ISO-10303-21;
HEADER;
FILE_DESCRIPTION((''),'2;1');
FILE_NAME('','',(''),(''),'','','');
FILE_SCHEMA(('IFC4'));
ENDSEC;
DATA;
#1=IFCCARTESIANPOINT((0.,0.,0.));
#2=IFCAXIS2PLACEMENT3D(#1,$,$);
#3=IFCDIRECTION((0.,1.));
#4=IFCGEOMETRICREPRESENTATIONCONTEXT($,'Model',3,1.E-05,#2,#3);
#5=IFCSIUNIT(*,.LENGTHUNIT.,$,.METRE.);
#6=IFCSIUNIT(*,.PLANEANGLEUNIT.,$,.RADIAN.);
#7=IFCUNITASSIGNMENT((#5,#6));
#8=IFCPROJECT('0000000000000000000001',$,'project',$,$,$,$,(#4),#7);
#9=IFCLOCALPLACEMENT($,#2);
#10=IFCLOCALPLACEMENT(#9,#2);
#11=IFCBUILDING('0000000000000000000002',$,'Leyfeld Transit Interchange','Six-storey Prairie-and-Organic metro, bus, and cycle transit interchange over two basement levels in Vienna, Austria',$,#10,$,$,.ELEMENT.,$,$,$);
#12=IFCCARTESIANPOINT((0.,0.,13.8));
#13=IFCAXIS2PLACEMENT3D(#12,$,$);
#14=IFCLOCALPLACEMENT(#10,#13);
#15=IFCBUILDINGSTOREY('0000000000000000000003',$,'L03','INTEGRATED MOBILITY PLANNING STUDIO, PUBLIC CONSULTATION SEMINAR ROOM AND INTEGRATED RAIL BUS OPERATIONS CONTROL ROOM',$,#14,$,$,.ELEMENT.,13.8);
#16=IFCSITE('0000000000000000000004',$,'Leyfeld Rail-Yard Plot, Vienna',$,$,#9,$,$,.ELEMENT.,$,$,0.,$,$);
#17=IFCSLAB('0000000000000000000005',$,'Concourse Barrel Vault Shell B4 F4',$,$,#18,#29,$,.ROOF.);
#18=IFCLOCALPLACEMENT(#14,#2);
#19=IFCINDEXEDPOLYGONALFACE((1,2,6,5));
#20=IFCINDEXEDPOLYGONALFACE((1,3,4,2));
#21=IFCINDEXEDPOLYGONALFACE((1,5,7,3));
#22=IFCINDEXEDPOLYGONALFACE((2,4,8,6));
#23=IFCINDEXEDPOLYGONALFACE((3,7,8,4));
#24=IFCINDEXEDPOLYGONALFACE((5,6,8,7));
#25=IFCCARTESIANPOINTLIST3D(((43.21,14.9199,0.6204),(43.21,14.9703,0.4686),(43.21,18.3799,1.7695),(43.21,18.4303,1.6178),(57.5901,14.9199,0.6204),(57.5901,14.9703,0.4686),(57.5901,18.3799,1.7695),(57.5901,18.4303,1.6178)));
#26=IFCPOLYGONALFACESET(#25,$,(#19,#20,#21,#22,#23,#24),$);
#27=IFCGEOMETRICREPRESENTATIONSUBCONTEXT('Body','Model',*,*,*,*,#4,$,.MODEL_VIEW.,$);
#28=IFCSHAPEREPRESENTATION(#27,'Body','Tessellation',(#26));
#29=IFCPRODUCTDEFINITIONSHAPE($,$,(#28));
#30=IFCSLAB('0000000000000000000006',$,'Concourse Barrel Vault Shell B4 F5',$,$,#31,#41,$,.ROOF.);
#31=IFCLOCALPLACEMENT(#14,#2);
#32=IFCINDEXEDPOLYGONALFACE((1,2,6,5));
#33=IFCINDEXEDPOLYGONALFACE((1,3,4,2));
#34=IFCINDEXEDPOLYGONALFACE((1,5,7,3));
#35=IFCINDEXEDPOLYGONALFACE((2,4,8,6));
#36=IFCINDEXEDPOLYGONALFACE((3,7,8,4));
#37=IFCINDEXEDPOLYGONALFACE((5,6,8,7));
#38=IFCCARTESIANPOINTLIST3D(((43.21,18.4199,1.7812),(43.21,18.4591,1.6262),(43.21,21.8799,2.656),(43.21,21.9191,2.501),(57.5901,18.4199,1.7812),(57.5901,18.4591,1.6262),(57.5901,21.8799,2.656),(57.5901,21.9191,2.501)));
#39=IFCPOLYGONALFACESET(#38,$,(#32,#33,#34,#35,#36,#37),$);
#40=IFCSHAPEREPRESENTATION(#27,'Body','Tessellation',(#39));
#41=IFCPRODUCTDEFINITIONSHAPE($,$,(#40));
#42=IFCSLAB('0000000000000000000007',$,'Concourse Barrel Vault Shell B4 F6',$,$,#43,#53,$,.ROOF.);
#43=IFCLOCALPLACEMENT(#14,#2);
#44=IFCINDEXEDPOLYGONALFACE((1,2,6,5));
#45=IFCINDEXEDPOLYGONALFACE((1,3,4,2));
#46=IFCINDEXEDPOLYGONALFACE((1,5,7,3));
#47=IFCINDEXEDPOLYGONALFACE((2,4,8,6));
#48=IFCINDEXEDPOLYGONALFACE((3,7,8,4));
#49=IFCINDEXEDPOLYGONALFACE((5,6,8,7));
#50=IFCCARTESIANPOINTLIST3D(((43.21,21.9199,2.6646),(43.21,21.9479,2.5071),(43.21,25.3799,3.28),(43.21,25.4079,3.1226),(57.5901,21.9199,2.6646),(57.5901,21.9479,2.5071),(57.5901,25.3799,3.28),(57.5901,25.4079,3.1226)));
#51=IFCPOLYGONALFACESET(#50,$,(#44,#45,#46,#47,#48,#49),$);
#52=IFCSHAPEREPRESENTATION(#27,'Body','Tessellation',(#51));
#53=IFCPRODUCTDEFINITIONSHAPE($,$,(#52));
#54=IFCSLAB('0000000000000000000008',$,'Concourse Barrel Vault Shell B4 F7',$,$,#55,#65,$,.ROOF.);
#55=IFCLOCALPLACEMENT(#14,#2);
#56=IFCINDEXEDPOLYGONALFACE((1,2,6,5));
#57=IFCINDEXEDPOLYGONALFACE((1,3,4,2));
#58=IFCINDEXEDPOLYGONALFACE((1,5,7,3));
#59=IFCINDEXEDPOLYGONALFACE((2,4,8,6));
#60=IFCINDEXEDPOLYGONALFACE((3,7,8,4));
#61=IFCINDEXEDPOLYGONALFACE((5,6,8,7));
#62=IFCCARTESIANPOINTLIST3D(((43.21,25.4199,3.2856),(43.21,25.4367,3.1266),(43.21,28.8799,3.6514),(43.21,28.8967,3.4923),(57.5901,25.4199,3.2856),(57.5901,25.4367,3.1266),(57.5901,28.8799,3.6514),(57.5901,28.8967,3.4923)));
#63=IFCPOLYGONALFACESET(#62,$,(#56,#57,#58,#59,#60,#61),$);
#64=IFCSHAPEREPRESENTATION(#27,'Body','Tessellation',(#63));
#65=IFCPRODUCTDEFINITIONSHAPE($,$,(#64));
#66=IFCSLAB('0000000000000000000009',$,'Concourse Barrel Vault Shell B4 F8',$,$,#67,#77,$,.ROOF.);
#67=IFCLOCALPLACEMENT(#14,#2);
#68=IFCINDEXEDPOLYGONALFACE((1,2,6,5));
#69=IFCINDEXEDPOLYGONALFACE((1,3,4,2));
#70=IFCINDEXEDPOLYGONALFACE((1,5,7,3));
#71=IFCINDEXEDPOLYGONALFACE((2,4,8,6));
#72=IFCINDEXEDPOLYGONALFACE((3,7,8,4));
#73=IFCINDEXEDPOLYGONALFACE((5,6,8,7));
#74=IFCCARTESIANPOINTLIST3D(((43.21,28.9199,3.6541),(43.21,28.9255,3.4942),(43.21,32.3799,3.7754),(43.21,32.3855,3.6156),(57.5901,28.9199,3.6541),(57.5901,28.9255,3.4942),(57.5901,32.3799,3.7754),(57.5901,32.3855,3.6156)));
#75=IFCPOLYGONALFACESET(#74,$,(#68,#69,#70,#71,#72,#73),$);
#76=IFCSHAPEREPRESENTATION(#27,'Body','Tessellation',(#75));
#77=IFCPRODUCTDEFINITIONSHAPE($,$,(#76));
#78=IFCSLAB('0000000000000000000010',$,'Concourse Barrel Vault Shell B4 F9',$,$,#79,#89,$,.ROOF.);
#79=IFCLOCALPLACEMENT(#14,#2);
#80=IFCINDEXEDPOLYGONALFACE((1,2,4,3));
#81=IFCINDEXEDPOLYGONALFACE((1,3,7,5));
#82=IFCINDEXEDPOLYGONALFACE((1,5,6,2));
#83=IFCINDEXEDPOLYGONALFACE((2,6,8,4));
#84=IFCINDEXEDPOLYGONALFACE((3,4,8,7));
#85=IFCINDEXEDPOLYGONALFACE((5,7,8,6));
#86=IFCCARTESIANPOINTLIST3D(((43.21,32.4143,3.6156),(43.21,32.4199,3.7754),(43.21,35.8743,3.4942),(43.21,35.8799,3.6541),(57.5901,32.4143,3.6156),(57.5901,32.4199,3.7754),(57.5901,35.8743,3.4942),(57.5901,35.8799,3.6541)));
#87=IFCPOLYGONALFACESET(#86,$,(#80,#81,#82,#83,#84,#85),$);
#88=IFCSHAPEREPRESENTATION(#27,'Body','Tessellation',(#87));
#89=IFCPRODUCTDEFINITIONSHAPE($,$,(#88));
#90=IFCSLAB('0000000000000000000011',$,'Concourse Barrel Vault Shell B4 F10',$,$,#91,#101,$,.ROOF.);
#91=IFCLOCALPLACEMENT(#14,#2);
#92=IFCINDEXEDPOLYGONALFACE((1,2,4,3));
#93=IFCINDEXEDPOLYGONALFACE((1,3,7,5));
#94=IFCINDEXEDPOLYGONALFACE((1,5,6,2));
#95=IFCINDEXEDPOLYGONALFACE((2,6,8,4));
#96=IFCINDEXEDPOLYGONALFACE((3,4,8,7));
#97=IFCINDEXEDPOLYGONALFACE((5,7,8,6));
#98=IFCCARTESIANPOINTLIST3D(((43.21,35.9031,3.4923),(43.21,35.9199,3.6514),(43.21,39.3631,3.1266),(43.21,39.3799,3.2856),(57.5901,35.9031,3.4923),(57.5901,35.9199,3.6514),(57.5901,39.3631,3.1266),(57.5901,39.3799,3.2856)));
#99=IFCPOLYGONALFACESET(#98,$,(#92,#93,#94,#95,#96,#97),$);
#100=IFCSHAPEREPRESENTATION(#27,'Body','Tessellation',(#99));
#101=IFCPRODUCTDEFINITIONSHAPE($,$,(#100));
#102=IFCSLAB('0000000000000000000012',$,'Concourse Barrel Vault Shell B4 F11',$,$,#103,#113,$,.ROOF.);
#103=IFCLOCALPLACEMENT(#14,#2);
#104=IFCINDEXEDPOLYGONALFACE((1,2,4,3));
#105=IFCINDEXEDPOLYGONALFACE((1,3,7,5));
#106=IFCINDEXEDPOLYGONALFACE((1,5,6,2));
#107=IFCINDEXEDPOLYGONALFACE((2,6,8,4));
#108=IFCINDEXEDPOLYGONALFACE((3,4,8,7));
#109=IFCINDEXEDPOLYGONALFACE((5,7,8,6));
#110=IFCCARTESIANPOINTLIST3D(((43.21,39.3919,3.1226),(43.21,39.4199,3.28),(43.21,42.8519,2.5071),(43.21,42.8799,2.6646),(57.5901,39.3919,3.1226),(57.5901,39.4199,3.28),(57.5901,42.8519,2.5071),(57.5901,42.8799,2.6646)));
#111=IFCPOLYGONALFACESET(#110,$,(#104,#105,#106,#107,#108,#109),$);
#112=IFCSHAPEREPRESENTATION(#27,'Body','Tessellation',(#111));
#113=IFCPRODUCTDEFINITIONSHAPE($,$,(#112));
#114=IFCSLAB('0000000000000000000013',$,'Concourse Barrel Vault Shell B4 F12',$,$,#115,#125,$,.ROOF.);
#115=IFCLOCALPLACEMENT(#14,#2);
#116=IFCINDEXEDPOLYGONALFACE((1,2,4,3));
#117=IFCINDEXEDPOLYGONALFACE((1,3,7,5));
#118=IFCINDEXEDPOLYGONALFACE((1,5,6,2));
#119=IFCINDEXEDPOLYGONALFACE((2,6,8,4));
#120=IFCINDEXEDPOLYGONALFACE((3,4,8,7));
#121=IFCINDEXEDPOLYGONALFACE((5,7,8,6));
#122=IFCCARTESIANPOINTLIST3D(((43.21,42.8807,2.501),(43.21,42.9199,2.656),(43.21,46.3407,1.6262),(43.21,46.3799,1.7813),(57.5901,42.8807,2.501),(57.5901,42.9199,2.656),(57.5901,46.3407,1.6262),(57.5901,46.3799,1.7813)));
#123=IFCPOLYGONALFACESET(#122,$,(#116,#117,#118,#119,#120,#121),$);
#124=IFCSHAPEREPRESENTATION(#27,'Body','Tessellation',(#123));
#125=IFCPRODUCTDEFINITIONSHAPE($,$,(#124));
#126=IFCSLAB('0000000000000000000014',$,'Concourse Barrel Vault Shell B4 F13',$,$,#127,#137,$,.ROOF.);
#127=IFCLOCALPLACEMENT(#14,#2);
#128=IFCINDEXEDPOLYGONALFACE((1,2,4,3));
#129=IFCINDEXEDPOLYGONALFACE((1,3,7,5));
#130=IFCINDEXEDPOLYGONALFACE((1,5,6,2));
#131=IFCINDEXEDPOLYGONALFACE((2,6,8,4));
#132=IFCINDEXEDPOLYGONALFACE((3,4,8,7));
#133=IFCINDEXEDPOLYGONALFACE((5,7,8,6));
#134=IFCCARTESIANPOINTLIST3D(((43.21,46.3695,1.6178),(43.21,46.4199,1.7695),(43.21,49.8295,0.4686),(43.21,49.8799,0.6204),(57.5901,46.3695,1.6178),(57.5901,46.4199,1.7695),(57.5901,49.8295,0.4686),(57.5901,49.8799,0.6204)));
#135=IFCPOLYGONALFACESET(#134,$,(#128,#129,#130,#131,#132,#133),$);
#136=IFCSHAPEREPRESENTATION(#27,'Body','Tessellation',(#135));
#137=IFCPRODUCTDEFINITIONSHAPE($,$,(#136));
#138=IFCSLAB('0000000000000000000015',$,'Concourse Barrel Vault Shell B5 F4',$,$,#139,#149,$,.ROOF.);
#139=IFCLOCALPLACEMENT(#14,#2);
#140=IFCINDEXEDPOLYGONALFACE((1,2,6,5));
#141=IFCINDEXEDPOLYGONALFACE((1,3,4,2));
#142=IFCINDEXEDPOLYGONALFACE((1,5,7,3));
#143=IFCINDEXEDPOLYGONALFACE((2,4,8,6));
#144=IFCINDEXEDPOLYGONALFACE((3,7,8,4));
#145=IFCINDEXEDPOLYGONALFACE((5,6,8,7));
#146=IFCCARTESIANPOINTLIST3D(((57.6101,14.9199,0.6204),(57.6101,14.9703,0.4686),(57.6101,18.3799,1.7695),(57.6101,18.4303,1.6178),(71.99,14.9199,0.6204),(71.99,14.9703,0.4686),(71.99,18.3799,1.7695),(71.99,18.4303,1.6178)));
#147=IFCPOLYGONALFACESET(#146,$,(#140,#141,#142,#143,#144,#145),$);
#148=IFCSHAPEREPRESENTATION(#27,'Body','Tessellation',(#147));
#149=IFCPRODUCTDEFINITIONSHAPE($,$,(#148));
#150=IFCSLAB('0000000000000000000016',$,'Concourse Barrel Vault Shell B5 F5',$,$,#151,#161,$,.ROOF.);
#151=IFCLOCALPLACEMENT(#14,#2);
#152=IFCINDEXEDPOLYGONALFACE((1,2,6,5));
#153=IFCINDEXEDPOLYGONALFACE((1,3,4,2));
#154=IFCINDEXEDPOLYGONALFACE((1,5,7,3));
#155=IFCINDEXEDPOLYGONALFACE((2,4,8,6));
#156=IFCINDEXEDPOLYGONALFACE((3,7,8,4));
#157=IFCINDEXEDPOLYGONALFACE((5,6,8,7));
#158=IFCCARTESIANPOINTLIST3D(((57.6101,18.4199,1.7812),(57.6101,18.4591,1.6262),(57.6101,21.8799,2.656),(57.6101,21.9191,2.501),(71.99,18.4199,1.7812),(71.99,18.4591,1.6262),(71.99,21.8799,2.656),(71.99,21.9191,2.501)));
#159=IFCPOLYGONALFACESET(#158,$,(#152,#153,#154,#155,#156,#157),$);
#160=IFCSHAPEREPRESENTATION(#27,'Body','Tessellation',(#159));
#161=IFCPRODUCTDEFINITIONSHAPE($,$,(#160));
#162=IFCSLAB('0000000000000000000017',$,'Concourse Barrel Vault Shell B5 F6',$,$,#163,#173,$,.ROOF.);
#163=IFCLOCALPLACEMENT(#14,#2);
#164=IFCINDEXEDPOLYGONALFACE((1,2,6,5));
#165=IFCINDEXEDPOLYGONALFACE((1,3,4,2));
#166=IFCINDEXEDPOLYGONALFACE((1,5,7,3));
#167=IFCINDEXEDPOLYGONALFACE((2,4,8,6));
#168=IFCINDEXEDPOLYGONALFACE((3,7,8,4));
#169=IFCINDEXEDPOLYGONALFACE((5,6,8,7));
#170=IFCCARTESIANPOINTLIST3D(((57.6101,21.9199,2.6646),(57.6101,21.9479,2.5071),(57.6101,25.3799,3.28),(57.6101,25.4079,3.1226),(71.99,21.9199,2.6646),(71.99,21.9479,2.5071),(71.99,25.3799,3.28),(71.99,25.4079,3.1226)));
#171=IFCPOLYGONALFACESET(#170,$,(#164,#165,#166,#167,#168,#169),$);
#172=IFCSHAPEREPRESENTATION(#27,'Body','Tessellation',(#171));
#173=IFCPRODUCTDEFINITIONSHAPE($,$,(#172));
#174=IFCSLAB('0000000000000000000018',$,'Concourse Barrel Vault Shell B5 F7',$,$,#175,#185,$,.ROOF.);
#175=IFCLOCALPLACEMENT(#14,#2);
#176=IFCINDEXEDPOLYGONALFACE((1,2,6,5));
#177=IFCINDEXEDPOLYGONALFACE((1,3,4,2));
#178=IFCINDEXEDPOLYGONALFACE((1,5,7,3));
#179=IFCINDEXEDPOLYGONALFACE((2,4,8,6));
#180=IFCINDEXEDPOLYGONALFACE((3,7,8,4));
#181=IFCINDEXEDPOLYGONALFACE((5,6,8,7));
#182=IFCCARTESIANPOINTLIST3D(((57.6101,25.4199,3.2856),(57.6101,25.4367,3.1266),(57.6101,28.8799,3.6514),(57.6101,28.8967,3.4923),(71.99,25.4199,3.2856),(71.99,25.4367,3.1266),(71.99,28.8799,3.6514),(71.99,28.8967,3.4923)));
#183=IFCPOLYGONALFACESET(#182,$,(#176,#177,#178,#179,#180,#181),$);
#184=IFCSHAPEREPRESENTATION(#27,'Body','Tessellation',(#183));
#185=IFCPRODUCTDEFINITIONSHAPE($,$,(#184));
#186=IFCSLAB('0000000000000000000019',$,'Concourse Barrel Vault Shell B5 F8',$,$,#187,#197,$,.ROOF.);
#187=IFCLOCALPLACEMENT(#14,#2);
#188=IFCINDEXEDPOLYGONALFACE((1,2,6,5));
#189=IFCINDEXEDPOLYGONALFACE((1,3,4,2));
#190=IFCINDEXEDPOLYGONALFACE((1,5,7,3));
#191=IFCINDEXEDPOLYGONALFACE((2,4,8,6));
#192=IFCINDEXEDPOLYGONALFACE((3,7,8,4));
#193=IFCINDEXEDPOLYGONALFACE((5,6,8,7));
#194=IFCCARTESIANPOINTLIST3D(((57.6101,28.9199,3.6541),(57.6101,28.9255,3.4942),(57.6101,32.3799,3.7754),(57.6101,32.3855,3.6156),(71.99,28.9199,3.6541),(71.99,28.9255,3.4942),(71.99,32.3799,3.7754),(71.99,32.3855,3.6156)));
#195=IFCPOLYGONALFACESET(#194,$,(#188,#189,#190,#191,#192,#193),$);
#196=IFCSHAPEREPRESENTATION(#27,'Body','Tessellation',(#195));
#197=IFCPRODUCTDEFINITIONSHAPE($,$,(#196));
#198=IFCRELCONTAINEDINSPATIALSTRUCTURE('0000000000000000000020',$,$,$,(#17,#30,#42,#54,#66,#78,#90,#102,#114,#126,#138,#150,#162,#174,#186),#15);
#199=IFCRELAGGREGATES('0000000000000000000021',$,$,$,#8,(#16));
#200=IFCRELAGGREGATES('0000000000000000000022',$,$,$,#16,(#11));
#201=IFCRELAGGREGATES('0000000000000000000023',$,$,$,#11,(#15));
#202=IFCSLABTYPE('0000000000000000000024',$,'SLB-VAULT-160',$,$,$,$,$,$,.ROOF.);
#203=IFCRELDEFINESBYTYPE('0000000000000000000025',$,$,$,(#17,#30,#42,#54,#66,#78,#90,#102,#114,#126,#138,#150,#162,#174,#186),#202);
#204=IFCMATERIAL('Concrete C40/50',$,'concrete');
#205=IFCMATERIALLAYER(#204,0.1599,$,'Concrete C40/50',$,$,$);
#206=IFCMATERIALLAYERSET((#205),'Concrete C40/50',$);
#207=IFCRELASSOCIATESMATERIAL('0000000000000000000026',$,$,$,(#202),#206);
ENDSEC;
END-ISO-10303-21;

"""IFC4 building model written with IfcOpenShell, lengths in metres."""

from ifc_helpers import new_model, si_unit, direction, frame, origin, place, context, subcontext, project, spatial, polyline, outline, extrude, material, layer, layer_set, type_object, element, save


model = new_model("IFC4")

# Units and contexts
model_context = context("Model", 3, precision=1e-05, world=origin(), true_north=direction((0.0, 1.0)))
body_context = subcontext(model_context, "Body", "Model", "MODEL_VIEW")
ifc_project = project(units=[si_unit("LENGTHUNIT", "METRE"), si_unit("PLANEANGLEUNIT", "RADIAN")], contexts=[model_context])

# Site, building, storey
site_placement = place(None, origin())
site = spatial("IfcSite", under=ifc_project, at=site_placement, Name="Leyfeld Rail-Yard Plot, Vienna", CompositionType="ELEMENT", RefElevation=0.0)
building_placement = place(site_placement, origin())
building = spatial("IfcBuilding", under=site, at=building_placement, Name="Leyfeld Transit Interchange", Description="Six-storey Prairie-and-Organic metro, bus, and cycle transit interchange over two basement levels in Vienna, Austria", CompositionType="ELEMENT")
storey_placement = place(building_placement, frame((0.0, 0.0, 13.8)))
storey = spatial("IfcBuildingStorey", under=building, at=storey_placement, Name="L03", Description="INTEGRATED MOBILITY PLANNING STUDIO, PUBLIC CONSULTATION SEMINAR ROOM AND INTEGRATED RAIL BUS OPERATIONS CONTROL ROOM", CompositionType="ELEMENT", Elevation=13.8)

# Slabs
ifc_material_1 = material(Name="Concrete C40/50", Category="concrete")
ifc_layer = layer(ifc_material_1, 0.1599, Name="Concrete C40/50")
ifc_layer_set = layer_set([ifc_layer], Name="Concrete C40/50")
slab_type = type_object("IfcSlabType", Name="SLB-VAULT-160", PredefinedType="ROOF", material=ifc_layer_set)
slab_1_placement = place(storey_placement, frame((43.21, 14.9199, 0.6204), z_axis=(0.0, -0.315203, 0.949024), x_axis=(1.0, 0.0, 0.0)))
element("IfcSlab", 1, at=slab_1_placement, inside=storey, type_object=slab_type, Name="Concourse Barrel Vault Shell B4 F4", PredefinedType="ROOF", context=body_context, shape_type="SweptSolid", body=[
    extrude(outline(polyline([(0.0, 0.0), (14.3801, 0.0), (14.3801, 3.6458), (0.0, 3.6458), (0.0, 0.0)])), origin(), (0.0, 0.0, -1.0), 0.1599),
])
slab_2_placement = place(storey_placement, frame((43.21, 18.4199, 1.7812), z_axis=(0.0, -0.24511, 0.969495), x_axis=(1.0, 0.0, 0.0)))
element("IfcSlab", 2, at=slab_2_placement, inside=storey, type_object=slab_type, Name="Concourse Barrel Vault Shell B4 F5", PredefinedType="ROOF", context=body_context, shape_type="SweptSolid", body=[
    extrude(outline(polyline([(0.0, 0.0), (14.3801, 0.0), (14.3801, 3.5688), (0.0, 3.5688), (0.0, 0.0)])), origin(), (0.0, 0.0, -1.0), 0.1599),
])
slab_3_placement = place(storey_placement, frame((43.21, 21.9199, 2.6646), z_axis=(0.0, -0.175137, 0.984544), x_axis=(1.0, 0.0, 0.0)))
element("IfcSlab", 3, at=slab_3_placement, inside=storey, type_object=slab_type, Name="Concourse Barrel Vault Shell B4 F6", PredefinedType="ROOF", context=body_context, shape_type="SweptSolid", body=[
    extrude(outline(polyline([(0.0, 0.0), (14.3801, 0.0), (14.3801, 3.5143), (0.0, 3.5143), (0.0, 0.0)])), origin(), (0.0, 0.0, -1.0), 0.1599),
])
slab_4_placement = place(storey_placement, frame((43.21, 25.4199, 3.2856), z_axis=(0.0, -0.105116, 0.99446), x_axis=(1.0, 0.0, 0.0)))
element("IfcSlab", 4, at=slab_4_placement, inside=storey, type_object=slab_type, Name="Concourse Barrel Vault Shell B4 F7", PredefinedType="ROOF", context=body_context, shape_type="SweptSolid", body=[
    extrude(outline(polyline([(0.0, 0.0), (14.3801, 0.0), (14.3801, 3.4792), (0.0, 3.4792), (0.0, 0.0)])), origin(), (0.0, 0.0, -1.0), 0.1599),
])
for number, where, z_axis, x_axis, name in (
    (5, (43.21, 28.9199, 3.6541), (0.0, -0.035048, 0.999386), (1.0, 0.0, 0.0), "Concourse Barrel Vault Shell B4 F8"),
    (6, (43.21, 32.4199, 3.7754), (0.0, 0.035048, 0.999386), (1.0, 0.0, 0.0), "Concourse Barrel Vault Shell B4 F9"),
):
    element("IfcSlab", number, at=place(storey_placement, frame(where, z_axis=z_axis, x_axis=x_axis)), inside=storey, type_object=slab_type, Name=name, PredefinedType="ROOF", context=body_context, shape_type="SweptSolid", body=[
        extrude(outline(polyline([(0.0, 0.0), (14.3801, 0.0), (14.3801, 3.4621), (0.0, 3.4621), (0.0, 0.0)])), origin(), (0.0, 0.0, -1.0), 0.1599),
    ])
slab_5_placement = place(storey_placement, frame((43.21, 35.9199, 3.6514), z_axis=(0.0, 0.105116, 0.99446), x_axis=(1.0, 0.0, 0.0)))
element("IfcSlab", 7, at=slab_5_placement, inside=storey, type_object=slab_type, Name="Concourse Barrel Vault Shell B4 F10", PredefinedType="ROOF", context=body_context, shape_type="SweptSolid", body=[
    extrude(outline(polyline([(0.0, 0.0), (14.3801, 0.0), (14.3801, 3.4792), (0.0, 3.4792), (0.0, 0.0)])), origin(), (0.0, 0.0, -1.0), 0.1599),
])
slab_6_placement = place(storey_placement, frame((43.21, 39.4199, 3.28), z_axis=(0.0, 0.175137, 0.984544), x_axis=(1.0, 0.0, 0.0)))
element("IfcSlab", 8, at=slab_6_placement, inside=storey, type_object=slab_type, Name="Concourse Barrel Vault Shell B4 F11", PredefinedType="ROOF", context=body_context, shape_type="SweptSolid", body=[
    extrude(outline(polyline([(0.0, 0.0), (14.3801, 0.0), (14.3801, 3.5143), (0.0, 3.5143), (0.0, 0.0)])), origin(), (0.0, 0.0, -1.0), 0.1599),
])
slab_7_placement = place(storey_placement, frame((43.21, 42.9199, 2.656), z_axis=(0.0, 0.24511, 0.969495), x_axis=(1.0, 0.0, 0.0)))
element("IfcSlab", 9, at=slab_7_placement, inside=storey, type_object=slab_type, Name="Concourse Barrel Vault Shell B4 F12", PredefinedType="ROOF", context=body_context, shape_type="SweptSolid", body=[
    extrude(outline(polyline([(0.0, 0.0), (14.3801, 0.0), (14.3801, 3.5688), (0.0, 3.5688), (0.0, 0.0)])), origin(), (0.0, 0.0, -1.0), 0.1599),
])
slab_8_placement = place(storey_placement, frame((43.21, 46.4199, 1.7695), z_axis=(0.0, 0.315203, 0.949024), x_axis=(1.0, 0.0, 0.0)))
element("IfcSlab", 10, at=slab_8_placement, inside=storey, type_object=slab_type, Name="Concourse Barrel Vault Shell B4 F13", PredefinedType="ROOF", context=body_context, shape_type="SweptSolid", body=[
    extrude(outline(polyline([(0.0, 0.0), (14.3801, 0.0), (14.3801, 3.6458), (0.0, 3.6458), (0.0, 0.0)])), origin(), (0.0, 0.0, -1.0), 0.1599),
])
slab_9_placement = place(storey_placement, frame((57.6101, 14.9199, 0.6204), z_axis=(0.0, -0.315203, 0.949024), x_axis=(1.0, 0.0, 0.0)))
element("IfcSlab", 11, at=slab_9_placement, inside=storey, type_object=slab_type, Name="Concourse Barrel Vault Shell B5 F4", PredefinedType="ROOF", context=body_context, shape_type="SweptSolid", body=[
    extrude(outline(polyline([(0.0, 0.0), (14.3799, 0.0), (14.3799, 3.6458), (0.0, 3.6458), (0.0, 0.0)])), origin(), (0.0, 0.0, -1.0), 0.1599),
])
slab_10_placement = place(storey_placement, frame((57.6101, 18.4199, 1.7812), z_axis=(0.0, -0.24511, 0.969495), x_axis=(1.0, 0.0, 0.0)))
element("IfcSlab", 12, at=slab_10_placement, inside=storey, type_object=slab_type, Name="Concourse Barrel Vault Shell B5 F5", PredefinedType="ROOF", context=body_context, shape_type="SweptSolid", body=[
    extrude(outline(polyline([(0.0, 0.0), (14.3799, 0.0), (14.3799, 3.5688), (0.0, 3.5688), (0.0, 0.0)])), origin(), (0.0, 0.0, -1.0), 0.1599),
])
slab_11_placement = place(storey_placement, frame((57.6101, 21.9199, 2.6646), z_axis=(0.0, -0.175137, 0.984544), x_axis=(1.0, 0.0, 0.0)))
element("IfcSlab", 13, at=slab_11_placement, inside=storey, type_object=slab_type, Name="Concourse Barrel Vault Shell B5 F6", PredefinedType="ROOF", context=body_context, shape_type="SweptSolid", body=[
    extrude(outline(polyline([(0.0, 0.0), (14.3799, 0.0), (14.3799, 3.5143), (0.0, 3.5143), (0.0, 0.0)])), origin(), (0.0, 0.0, -1.0), 0.1599),
])
slab_12_placement = place(storey_placement, frame((57.6101, 25.4199, 3.2856), z_axis=(0.0, -0.105116, 0.99446), x_axis=(1.0, 0.0, 0.0)))
element("IfcSlab", 14, at=slab_12_placement, inside=storey, type_object=slab_type, Name="Concourse Barrel Vault Shell B5 F7", PredefinedType="ROOF", context=body_context, shape_type="SweptSolid", body=[
    extrude(outline(polyline([(0.0, 0.0), (14.3799, 0.0), (14.3799, 3.4792), (0.0, 3.4792), (0.0, 0.0)])), origin(), (0.0, 0.0, -1.0), 0.1599),
])
for number, where, z_axis, x_axis, name in (
    (15, (57.6101, 28.9199, 3.6541), (0.0, -0.035048, 0.999386), (1.0, 0.0, 0.0), "Concourse Barrel Vault Shell B5 F8"),
):
    element("IfcSlab", number, at=place(storey_placement, frame(where, z_axis=z_axis, x_axis=x_axis)), inside=storey, type_object=slab_type, Name=name, PredefinedType="ROOF", context=body_context, shape_type="SweptSolid", body=[
        extrude(outline(polyline([(0.0, 0.0), (14.3799, 0.0), (14.3799, 3.4621), (0.0, 3.4621), (0.0, 0.0)])), origin(), (0.0, 0.0, -1.0), 0.1599),
    ])

save(model, "model.ifc")
